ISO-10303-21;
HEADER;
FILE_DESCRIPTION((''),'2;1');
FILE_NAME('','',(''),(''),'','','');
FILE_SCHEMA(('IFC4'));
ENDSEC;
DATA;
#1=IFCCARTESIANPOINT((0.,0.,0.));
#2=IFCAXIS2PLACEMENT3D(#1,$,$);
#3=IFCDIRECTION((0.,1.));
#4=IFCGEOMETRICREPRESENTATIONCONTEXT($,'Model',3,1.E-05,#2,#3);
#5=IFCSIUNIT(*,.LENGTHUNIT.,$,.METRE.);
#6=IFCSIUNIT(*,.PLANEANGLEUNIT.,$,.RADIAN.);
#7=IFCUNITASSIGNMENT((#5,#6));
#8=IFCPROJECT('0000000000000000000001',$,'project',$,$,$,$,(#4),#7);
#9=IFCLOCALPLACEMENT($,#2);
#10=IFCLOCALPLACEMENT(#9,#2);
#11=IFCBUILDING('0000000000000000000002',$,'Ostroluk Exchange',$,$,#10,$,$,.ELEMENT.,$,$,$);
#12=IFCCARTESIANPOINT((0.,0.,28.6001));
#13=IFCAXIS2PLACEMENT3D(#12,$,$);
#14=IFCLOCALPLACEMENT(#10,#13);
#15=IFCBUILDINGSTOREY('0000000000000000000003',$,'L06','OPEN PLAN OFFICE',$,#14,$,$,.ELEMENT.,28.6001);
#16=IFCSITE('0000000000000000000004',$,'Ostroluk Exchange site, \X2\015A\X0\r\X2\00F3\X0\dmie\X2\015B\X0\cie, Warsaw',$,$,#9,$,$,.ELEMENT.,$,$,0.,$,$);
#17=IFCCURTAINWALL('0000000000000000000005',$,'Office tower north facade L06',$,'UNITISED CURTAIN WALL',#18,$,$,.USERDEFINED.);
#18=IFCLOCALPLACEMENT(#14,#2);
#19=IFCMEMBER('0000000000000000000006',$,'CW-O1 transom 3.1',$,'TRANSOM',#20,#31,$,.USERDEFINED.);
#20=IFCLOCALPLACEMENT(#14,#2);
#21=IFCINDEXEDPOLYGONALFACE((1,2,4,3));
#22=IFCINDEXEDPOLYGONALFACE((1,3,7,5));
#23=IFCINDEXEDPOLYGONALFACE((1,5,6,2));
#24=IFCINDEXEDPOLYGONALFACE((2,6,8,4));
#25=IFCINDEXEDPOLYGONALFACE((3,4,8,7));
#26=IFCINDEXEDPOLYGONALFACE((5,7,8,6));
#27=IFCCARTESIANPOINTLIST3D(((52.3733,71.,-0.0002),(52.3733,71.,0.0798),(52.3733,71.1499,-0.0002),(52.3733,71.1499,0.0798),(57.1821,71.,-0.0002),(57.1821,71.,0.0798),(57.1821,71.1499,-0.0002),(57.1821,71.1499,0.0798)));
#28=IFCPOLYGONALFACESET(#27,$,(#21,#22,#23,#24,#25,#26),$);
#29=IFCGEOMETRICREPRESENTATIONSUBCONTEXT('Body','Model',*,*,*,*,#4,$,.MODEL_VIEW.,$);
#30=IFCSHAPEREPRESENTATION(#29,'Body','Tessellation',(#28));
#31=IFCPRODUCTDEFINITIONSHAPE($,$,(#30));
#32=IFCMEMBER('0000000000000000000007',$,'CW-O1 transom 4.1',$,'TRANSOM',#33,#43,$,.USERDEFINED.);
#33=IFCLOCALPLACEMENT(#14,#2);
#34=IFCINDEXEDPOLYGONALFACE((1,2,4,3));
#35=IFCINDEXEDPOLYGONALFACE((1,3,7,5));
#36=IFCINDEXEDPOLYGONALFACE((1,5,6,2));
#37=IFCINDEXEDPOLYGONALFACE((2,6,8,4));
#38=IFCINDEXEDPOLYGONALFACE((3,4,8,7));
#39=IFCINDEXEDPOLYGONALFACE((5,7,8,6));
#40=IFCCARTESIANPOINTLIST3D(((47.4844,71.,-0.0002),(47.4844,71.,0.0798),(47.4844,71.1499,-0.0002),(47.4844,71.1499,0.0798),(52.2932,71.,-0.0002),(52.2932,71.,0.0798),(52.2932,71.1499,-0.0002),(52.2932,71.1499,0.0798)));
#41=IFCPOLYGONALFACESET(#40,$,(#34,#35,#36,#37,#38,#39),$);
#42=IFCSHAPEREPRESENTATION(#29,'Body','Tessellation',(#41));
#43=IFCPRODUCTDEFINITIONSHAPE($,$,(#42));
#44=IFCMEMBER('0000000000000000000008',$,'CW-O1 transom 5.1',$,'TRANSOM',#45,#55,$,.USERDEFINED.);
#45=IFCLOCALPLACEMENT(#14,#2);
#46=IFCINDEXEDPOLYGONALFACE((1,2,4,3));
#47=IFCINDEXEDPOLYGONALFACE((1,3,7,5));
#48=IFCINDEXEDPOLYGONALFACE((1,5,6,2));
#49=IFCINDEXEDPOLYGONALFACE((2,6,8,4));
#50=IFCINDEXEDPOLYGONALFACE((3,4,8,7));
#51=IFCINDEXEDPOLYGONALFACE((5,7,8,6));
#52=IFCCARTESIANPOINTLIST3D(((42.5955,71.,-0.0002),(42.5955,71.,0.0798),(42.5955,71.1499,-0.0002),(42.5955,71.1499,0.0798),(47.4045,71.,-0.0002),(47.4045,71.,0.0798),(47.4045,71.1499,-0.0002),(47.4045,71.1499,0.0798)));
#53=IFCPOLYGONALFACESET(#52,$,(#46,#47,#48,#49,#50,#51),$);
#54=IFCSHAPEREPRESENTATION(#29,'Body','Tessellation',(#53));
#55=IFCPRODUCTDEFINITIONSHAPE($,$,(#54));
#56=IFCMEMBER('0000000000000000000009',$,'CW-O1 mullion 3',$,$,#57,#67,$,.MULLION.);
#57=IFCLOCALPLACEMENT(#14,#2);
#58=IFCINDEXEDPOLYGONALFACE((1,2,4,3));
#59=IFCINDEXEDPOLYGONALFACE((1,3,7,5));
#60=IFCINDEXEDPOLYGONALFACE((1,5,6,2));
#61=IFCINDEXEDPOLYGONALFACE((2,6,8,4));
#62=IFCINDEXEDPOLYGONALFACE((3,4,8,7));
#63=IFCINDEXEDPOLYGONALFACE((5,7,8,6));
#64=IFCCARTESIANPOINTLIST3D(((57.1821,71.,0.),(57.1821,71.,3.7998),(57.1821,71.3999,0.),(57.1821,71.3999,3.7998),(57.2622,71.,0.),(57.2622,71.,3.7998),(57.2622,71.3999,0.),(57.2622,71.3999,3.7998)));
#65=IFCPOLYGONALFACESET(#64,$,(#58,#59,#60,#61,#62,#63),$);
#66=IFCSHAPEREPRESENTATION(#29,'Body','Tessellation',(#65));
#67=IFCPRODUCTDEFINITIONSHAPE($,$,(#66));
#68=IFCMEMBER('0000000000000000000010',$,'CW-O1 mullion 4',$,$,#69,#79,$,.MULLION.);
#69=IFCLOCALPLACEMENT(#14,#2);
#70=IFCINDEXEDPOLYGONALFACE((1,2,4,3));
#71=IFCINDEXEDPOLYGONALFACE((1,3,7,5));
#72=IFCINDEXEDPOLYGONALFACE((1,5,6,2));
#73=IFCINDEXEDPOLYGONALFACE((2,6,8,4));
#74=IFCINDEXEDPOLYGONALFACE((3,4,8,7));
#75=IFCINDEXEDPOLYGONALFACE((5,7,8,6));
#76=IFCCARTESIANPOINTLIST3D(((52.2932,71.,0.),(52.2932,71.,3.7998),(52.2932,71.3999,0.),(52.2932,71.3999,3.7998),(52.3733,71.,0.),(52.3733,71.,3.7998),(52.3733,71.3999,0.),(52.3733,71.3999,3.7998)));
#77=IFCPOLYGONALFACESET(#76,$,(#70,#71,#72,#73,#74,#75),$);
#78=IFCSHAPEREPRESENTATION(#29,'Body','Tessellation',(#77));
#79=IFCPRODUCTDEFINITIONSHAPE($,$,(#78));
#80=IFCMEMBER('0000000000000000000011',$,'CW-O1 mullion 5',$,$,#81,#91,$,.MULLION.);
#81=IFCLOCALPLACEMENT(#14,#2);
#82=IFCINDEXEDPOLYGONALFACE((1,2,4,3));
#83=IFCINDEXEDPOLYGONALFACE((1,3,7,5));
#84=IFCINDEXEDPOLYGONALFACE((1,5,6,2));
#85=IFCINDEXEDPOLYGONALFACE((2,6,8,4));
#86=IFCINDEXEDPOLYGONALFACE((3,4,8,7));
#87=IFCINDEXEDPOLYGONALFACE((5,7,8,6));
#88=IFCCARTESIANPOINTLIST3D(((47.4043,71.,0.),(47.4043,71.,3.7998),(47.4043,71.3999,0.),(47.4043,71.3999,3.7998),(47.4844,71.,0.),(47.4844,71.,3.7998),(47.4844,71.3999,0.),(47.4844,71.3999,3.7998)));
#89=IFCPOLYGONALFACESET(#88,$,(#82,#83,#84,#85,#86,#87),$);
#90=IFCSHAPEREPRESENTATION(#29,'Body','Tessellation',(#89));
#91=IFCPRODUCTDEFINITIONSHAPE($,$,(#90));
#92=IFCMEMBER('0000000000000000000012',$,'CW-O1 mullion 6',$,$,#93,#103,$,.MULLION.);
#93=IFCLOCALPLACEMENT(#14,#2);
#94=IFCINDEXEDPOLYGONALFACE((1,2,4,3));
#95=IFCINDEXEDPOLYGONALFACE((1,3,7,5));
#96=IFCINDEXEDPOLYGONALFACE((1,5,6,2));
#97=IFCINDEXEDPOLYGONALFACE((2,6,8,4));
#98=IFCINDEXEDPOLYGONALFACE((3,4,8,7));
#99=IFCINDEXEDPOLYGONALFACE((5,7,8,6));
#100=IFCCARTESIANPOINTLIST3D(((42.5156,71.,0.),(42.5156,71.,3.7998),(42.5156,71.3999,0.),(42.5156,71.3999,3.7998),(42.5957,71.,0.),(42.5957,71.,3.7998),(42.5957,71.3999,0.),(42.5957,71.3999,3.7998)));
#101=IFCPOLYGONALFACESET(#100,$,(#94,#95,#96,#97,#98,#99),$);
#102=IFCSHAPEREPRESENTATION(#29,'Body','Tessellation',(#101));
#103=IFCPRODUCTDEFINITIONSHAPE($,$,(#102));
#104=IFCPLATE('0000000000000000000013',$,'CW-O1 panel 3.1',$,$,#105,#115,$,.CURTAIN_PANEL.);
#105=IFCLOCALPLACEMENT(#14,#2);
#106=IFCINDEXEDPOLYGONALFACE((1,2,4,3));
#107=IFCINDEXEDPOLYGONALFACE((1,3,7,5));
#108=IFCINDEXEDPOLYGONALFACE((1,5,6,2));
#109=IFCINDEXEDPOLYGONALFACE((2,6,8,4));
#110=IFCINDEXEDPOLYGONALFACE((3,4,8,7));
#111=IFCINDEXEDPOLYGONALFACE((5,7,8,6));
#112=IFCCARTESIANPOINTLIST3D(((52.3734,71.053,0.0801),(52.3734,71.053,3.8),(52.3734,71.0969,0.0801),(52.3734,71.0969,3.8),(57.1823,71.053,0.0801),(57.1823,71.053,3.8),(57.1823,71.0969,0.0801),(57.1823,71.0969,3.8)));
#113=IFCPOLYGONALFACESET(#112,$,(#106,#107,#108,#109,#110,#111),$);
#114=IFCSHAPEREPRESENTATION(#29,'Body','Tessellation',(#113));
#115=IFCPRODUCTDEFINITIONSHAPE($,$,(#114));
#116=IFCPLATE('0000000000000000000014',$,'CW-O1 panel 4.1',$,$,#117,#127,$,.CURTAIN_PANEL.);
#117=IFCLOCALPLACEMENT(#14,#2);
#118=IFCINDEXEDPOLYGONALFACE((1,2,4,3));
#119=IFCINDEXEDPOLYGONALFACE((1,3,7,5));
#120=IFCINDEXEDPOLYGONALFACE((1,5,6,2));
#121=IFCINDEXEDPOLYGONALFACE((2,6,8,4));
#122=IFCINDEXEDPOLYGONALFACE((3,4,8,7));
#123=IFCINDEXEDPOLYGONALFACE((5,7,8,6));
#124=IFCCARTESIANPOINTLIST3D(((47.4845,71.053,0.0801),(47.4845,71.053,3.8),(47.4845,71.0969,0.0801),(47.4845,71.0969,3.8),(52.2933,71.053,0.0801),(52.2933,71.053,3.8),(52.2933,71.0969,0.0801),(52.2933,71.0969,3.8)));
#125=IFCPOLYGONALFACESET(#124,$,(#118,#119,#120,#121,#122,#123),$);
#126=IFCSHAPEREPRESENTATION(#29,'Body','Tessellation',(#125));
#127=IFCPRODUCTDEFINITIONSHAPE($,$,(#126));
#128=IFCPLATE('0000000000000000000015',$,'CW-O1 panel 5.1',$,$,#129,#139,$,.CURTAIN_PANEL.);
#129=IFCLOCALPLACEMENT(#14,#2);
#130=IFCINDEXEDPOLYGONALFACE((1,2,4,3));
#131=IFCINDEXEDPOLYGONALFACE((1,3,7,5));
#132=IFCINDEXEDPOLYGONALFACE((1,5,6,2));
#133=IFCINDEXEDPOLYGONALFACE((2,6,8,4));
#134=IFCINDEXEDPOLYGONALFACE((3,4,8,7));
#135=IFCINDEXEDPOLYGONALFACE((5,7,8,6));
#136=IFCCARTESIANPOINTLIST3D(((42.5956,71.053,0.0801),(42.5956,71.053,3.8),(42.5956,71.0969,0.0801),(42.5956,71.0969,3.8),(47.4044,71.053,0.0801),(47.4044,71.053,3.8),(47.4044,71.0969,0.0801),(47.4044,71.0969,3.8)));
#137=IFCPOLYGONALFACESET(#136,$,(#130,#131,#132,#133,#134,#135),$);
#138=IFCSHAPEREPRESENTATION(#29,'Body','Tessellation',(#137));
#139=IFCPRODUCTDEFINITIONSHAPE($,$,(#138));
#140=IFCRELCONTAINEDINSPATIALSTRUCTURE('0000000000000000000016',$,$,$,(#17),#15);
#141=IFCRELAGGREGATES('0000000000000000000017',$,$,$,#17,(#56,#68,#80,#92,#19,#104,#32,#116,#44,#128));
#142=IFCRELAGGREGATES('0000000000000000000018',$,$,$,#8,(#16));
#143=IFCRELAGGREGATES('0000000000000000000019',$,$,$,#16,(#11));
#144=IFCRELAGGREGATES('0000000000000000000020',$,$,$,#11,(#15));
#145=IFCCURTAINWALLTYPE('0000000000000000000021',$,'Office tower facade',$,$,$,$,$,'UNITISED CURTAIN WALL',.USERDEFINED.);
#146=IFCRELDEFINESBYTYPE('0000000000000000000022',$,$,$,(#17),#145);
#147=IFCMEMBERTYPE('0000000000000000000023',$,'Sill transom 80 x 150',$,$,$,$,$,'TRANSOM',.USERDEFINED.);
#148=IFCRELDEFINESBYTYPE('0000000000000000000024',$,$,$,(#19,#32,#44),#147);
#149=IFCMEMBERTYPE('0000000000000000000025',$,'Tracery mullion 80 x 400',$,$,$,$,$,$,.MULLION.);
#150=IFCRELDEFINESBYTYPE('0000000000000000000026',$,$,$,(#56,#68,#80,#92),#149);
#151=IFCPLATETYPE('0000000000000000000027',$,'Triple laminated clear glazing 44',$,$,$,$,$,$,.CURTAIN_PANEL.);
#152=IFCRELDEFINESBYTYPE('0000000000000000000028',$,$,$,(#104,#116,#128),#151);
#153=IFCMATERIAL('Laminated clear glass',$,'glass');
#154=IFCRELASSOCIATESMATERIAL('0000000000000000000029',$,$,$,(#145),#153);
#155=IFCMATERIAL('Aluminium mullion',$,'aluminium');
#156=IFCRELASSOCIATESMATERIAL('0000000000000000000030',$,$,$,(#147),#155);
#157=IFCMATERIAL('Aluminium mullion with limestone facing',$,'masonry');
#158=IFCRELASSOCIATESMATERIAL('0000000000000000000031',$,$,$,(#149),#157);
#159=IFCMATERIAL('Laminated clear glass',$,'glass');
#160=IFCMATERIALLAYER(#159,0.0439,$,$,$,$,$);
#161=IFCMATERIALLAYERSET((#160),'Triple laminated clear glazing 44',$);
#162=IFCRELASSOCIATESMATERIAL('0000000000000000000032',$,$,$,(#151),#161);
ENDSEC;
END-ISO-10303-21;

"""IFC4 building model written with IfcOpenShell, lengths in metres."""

from ifc_helpers import new_model, si_unit, direction, frame, origin, origin_2d, place, context, subcontext, project, spatial, rectangle, extrude, material, layer, layer_set, material_profile, profile_set, type_object, element, aggregate, save


model = new_model("IFC4")

# Units and contexts
model_context = context("Model", 3, precision=1e-05, world=origin(), true_north=direction((0.0, 1.0)))
body_context = subcontext(model_context, "Body", "Model", "MODEL_VIEW")
ifc_project = project(units=[si_unit("LENGTHUNIT", "METRE"), si_unit("PLANEANGLEUNIT", "RADIAN")], contexts=[model_context])

# Site, building, storey
site_placement = place(None, origin())
site = spatial("IfcSite", under=ifc_project, at=site_placement, Name="Ostroluk Exchange site, Śródmieście, Warsaw", CompositionType="ELEMENT", RefElevation=0.0)
building_placement = place(site_placement, origin())
building = spatial("IfcBuilding", under=site, at=building_placement, Name="Ostroluk Exchange", CompositionType="ELEMENT")
storey_placement = place(building_placement, frame((0.0, 0.0, 28.6001)))
storey = spatial("IfcBuildingStorey", under=building, at=storey_placement, Name="L06", Description="OPEN PLAN OFFICE", CompositionType="ELEMENT", Elevation=28.6001)

# Curtain wall, members, plates
ifc_material_1 = material(Name="Laminated clear glass", Category="glass")
curtain_wall_type = type_object("IfcCurtainWallType", Name="Office tower facade", ElementType="UNITISED CURTAIN WALL", PredefinedType="USERDEFINED", material=ifc_material_1)
curtain_wall_placement = place(storey_placement, origin())
curtain_wall = element("IfcCurtainWall", 1, at=curtain_wall_placement, inside=storey, type_object=curtain_wall_type, Name="Office tower north facade L06", ObjectType="UNITISED CURTAIN WALL", PredefinedType="USERDEFINED")
ifc_material_2 = material(Name="Aluminium mullion", Category="aluminium")
ifc_material_profile_1 = material_profile(ifc_material_2, rectangle(XDim=0.1499, YDim=0.0801, at=origin_2d()), Name="Sill transom 80 x 150")
ifc_profile_set_1 = profile_set([ifc_material_profile_1], Name="Aluminium mullion")
member_type_1 = type_object("IfcMemberType", Name="Sill transom 80 x 150", ElementType="TRANSOM", PredefinedType="USERDEFINED", material=ifc_profile_set_1)
member_1_placement = place(storey_placement, frame((57.1821, 71.075, 0.0398), z_axis=(-1.0, 0.0, 0.0), x_axis=(0.0, -1.0, 0.0)))
member_1 = element("IfcMember", 2, at=member_1_placement, type_object=member_type_1, Name="CW-O1 transom 3.1", ObjectType="TRANSOM", PredefinedType="USERDEFINED", context=body_context, shape_type="SweptSolid", body=[
    extrude(rectangle(XDim=0.1499, YDim=0.0801, at=origin_2d()), origin(), (0.0, 0.0, 1.0), 4.8088),
])
member_2_placement = place(storey_placement, frame((52.2932, 71.075, 0.0398), z_axis=(-1.0, 0.0, 0.0), x_axis=(0.0, -1.0, 0.0)))
member_2 = element("IfcMember", 3, at=member_2_placement, type_object=member_type_1, Name="CW-O1 transom 4.1", ObjectType="TRANSOM", PredefinedType="USERDEFINED", context=body_context, shape_type="SweptSolid", body=[
    extrude(rectangle(XDim=0.1499, YDim=0.0801, at=origin_2d()), origin(), (0.0, 0.0, 1.0), 4.8088),
])
member_3_placement = place(storey_placement, frame((47.4045, 71.075, 0.0398), z_axis=(-1.0, 0.0, 0.0), x_axis=(0.0, -1.0, 0.0)))
member_3 = element("IfcMember", 4, at=member_3_placement, type_object=member_type_1, Name="CW-O1 transom 5.1", ObjectType="TRANSOM", PredefinedType="USERDEFINED", context=body_context, shape_type="SweptSolid", body=[
    extrude(rectangle(XDim=0.1499, YDim=0.0801, at=origin_2d()), origin(), (0.0, 0.0, 1.0), 4.8091),
])
ifc_material_3 = material(Name="Aluminium mullion with limestone facing", Category="masonry")
ifc_material_profile_2 = material_profile(ifc_material_3, rectangle(XDim=0.3999, YDim=0.0801, at=origin_2d()), Name="Tracery mullion 80 x 400")
ifc_profile_set_2 = profile_set([ifc_material_profile_2], Name="Aluminium mullion with limestone facing")
member_type_2 = type_object("IfcMemberType", Name="Tracery mullion 80 x 400", PredefinedType="MULLION", material=ifc_profile_set_2)
member_4_placement = place(storey_placement, frame((57.2222, 71.2, 0.0), z_axis=(0.0, 0.0, 1.0), x_axis=(0.0, -1.0, 0.0)))
member_4 = element("IfcMember", 5, at=member_4_placement, type_object=member_type_2, Name="CW-O1 mullion 3", PredefinedType="MULLION", context=body_context, shape_type="SweptSolid", body=[
    extrude(rectangle(XDim=0.3999, YDim=0.0801, at=origin_2d()), origin(), (0.0, 0.0, 1.0), 3.7998),
])
member_5_placement = place(storey_placement, frame((52.3333, 71.2, 0.0), z_axis=(0.0, 0.0, 1.0), x_axis=(0.0, -1.0, 0.0)))
member_5 = element("IfcMember", 6, at=member_5_placement, type_object=member_type_2, Name="CW-O1 mullion 4", PredefinedType="MULLION", context=body_context, shape_type="SweptSolid", body=[
    extrude(rectangle(XDim=0.3999, YDim=0.0801, at=origin_2d()), origin(), (0.0, 0.0, 1.0), 3.7998),
])
member_6_placement = place(storey_placement, frame((47.4443, 71.2, 0.0), z_axis=(0.0, 0.0, 1.0), x_axis=(0.0, -1.0, 0.0)))
member_6 = element("IfcMember", 7, at=member_6_placement, type_object=member_type_2, Name="CW-O1 mullion 5", PredefinedType="MULLION", context=body_context, shape_type="SweptSolid", body=[
    extrude(rectangle(XDim=0.3999, YDim=0.0801, at=origin_2d()), origin(), (0.0, 0.0, 1.0), 3.7998),
])
member_7_placement = place(storey_placement, frame((42.5557, 71.2, 0.0), z_axis=(0.0, 0.0, 1.0), x_axis=(0.0, -1.0, 0.0)))
member_7 = element("IfcMember", 8, at=member_7_placement, type_object=member_type_2, Name="CW-O1 mullion 6", PredefinedType="MULLION", context=body_context, shape_type="SweptSolid", body=[
    extrude(rectangle(XDim=0.3999, YDim=0.0801, at=origin_2d()), origin(), (0.0, 0.0, 1.0), 3.7998),
])
ifc_material_4 = material(Name="Laminated clear glass", Category="glass")
ifc_layer_1 = layer(ifc_material_4, 0.0439)
ifc_layer_set_1 = layer_set([ifc_layer_1], Name="Triple laminated clear glazing 44")
plate_type = type_object("IfcPlateType", Name="Triple laminated clear glazing 44", PredefinedType="CURTAIN_PANEL", material=ifc_layer_set_1)
plate_1_placement = place(storey_placement, frame((54.7778, 71.075, 0.0801), z_axis=(0.0, 0.0, 1.0), x_axis=(-1.0, 0.0, 0.0)))
plate_1 = element("IfcPlate", 9, at=plate_1_placement, type_object=plate_type, Name="CW-O1 panel 3.1", PredefinedType="CURTAIN_PANEL", context=body_context, shape_type="SweptSolid", body=[
    extrude(rectangle(XDim=4.8088, YDim=0.0439, at=origin_2d()), origin(), (0.0, 0.0, 1.0), 3.72),
])
plate_2_placement = place(storey_placement, frame((49.8889, 71.075, 0.0801), z_axis=(0.0, 0.0, 1.0), x_axis=(-1.0, 0.0, 0.0)))
plate_2 = element("IfcPlate", 10, at=plate_2_placement, type_object=plate_type, Name="CW-O1 panel 4.1", PredefinedType="CURTAIN_PANEL", context=body_context, shape_type="SweptSolid", body=[
    extrude(rectangle(XDim=4.8088, YDim=0.0439, at=origin_2d()), origin(), (0.0, 0.0, 1.0), 3.72),
])
plate_3_placement = place(storey_placement, frame((45.0, 71.075, 0.0801), z_axis=(0.0, 0.0, 1.0), x_axis=(-1.0, 0.0, 0.0)))
plate_3 = element("IfcPlate", 11, at=plate_3_placement, type_object=plate_type, Name="CW-O1 panel 5.1", PredefinedType="CURTAIN_PANEL", context=body_context, shape_type="SweptSolid", body=[
    extrude(rectangle(XDim=4.8088, YDim=0.0439, at=origin_2d()), origin(), (0.0, 0.0, 1.0), 3.72),
])
aggregate(curtain_wall, [member_4, member_5, member_6, member_7, member_1, plate_1, member_2, plate_2, member_3, plate_3])

save(model, "model.ifc")
